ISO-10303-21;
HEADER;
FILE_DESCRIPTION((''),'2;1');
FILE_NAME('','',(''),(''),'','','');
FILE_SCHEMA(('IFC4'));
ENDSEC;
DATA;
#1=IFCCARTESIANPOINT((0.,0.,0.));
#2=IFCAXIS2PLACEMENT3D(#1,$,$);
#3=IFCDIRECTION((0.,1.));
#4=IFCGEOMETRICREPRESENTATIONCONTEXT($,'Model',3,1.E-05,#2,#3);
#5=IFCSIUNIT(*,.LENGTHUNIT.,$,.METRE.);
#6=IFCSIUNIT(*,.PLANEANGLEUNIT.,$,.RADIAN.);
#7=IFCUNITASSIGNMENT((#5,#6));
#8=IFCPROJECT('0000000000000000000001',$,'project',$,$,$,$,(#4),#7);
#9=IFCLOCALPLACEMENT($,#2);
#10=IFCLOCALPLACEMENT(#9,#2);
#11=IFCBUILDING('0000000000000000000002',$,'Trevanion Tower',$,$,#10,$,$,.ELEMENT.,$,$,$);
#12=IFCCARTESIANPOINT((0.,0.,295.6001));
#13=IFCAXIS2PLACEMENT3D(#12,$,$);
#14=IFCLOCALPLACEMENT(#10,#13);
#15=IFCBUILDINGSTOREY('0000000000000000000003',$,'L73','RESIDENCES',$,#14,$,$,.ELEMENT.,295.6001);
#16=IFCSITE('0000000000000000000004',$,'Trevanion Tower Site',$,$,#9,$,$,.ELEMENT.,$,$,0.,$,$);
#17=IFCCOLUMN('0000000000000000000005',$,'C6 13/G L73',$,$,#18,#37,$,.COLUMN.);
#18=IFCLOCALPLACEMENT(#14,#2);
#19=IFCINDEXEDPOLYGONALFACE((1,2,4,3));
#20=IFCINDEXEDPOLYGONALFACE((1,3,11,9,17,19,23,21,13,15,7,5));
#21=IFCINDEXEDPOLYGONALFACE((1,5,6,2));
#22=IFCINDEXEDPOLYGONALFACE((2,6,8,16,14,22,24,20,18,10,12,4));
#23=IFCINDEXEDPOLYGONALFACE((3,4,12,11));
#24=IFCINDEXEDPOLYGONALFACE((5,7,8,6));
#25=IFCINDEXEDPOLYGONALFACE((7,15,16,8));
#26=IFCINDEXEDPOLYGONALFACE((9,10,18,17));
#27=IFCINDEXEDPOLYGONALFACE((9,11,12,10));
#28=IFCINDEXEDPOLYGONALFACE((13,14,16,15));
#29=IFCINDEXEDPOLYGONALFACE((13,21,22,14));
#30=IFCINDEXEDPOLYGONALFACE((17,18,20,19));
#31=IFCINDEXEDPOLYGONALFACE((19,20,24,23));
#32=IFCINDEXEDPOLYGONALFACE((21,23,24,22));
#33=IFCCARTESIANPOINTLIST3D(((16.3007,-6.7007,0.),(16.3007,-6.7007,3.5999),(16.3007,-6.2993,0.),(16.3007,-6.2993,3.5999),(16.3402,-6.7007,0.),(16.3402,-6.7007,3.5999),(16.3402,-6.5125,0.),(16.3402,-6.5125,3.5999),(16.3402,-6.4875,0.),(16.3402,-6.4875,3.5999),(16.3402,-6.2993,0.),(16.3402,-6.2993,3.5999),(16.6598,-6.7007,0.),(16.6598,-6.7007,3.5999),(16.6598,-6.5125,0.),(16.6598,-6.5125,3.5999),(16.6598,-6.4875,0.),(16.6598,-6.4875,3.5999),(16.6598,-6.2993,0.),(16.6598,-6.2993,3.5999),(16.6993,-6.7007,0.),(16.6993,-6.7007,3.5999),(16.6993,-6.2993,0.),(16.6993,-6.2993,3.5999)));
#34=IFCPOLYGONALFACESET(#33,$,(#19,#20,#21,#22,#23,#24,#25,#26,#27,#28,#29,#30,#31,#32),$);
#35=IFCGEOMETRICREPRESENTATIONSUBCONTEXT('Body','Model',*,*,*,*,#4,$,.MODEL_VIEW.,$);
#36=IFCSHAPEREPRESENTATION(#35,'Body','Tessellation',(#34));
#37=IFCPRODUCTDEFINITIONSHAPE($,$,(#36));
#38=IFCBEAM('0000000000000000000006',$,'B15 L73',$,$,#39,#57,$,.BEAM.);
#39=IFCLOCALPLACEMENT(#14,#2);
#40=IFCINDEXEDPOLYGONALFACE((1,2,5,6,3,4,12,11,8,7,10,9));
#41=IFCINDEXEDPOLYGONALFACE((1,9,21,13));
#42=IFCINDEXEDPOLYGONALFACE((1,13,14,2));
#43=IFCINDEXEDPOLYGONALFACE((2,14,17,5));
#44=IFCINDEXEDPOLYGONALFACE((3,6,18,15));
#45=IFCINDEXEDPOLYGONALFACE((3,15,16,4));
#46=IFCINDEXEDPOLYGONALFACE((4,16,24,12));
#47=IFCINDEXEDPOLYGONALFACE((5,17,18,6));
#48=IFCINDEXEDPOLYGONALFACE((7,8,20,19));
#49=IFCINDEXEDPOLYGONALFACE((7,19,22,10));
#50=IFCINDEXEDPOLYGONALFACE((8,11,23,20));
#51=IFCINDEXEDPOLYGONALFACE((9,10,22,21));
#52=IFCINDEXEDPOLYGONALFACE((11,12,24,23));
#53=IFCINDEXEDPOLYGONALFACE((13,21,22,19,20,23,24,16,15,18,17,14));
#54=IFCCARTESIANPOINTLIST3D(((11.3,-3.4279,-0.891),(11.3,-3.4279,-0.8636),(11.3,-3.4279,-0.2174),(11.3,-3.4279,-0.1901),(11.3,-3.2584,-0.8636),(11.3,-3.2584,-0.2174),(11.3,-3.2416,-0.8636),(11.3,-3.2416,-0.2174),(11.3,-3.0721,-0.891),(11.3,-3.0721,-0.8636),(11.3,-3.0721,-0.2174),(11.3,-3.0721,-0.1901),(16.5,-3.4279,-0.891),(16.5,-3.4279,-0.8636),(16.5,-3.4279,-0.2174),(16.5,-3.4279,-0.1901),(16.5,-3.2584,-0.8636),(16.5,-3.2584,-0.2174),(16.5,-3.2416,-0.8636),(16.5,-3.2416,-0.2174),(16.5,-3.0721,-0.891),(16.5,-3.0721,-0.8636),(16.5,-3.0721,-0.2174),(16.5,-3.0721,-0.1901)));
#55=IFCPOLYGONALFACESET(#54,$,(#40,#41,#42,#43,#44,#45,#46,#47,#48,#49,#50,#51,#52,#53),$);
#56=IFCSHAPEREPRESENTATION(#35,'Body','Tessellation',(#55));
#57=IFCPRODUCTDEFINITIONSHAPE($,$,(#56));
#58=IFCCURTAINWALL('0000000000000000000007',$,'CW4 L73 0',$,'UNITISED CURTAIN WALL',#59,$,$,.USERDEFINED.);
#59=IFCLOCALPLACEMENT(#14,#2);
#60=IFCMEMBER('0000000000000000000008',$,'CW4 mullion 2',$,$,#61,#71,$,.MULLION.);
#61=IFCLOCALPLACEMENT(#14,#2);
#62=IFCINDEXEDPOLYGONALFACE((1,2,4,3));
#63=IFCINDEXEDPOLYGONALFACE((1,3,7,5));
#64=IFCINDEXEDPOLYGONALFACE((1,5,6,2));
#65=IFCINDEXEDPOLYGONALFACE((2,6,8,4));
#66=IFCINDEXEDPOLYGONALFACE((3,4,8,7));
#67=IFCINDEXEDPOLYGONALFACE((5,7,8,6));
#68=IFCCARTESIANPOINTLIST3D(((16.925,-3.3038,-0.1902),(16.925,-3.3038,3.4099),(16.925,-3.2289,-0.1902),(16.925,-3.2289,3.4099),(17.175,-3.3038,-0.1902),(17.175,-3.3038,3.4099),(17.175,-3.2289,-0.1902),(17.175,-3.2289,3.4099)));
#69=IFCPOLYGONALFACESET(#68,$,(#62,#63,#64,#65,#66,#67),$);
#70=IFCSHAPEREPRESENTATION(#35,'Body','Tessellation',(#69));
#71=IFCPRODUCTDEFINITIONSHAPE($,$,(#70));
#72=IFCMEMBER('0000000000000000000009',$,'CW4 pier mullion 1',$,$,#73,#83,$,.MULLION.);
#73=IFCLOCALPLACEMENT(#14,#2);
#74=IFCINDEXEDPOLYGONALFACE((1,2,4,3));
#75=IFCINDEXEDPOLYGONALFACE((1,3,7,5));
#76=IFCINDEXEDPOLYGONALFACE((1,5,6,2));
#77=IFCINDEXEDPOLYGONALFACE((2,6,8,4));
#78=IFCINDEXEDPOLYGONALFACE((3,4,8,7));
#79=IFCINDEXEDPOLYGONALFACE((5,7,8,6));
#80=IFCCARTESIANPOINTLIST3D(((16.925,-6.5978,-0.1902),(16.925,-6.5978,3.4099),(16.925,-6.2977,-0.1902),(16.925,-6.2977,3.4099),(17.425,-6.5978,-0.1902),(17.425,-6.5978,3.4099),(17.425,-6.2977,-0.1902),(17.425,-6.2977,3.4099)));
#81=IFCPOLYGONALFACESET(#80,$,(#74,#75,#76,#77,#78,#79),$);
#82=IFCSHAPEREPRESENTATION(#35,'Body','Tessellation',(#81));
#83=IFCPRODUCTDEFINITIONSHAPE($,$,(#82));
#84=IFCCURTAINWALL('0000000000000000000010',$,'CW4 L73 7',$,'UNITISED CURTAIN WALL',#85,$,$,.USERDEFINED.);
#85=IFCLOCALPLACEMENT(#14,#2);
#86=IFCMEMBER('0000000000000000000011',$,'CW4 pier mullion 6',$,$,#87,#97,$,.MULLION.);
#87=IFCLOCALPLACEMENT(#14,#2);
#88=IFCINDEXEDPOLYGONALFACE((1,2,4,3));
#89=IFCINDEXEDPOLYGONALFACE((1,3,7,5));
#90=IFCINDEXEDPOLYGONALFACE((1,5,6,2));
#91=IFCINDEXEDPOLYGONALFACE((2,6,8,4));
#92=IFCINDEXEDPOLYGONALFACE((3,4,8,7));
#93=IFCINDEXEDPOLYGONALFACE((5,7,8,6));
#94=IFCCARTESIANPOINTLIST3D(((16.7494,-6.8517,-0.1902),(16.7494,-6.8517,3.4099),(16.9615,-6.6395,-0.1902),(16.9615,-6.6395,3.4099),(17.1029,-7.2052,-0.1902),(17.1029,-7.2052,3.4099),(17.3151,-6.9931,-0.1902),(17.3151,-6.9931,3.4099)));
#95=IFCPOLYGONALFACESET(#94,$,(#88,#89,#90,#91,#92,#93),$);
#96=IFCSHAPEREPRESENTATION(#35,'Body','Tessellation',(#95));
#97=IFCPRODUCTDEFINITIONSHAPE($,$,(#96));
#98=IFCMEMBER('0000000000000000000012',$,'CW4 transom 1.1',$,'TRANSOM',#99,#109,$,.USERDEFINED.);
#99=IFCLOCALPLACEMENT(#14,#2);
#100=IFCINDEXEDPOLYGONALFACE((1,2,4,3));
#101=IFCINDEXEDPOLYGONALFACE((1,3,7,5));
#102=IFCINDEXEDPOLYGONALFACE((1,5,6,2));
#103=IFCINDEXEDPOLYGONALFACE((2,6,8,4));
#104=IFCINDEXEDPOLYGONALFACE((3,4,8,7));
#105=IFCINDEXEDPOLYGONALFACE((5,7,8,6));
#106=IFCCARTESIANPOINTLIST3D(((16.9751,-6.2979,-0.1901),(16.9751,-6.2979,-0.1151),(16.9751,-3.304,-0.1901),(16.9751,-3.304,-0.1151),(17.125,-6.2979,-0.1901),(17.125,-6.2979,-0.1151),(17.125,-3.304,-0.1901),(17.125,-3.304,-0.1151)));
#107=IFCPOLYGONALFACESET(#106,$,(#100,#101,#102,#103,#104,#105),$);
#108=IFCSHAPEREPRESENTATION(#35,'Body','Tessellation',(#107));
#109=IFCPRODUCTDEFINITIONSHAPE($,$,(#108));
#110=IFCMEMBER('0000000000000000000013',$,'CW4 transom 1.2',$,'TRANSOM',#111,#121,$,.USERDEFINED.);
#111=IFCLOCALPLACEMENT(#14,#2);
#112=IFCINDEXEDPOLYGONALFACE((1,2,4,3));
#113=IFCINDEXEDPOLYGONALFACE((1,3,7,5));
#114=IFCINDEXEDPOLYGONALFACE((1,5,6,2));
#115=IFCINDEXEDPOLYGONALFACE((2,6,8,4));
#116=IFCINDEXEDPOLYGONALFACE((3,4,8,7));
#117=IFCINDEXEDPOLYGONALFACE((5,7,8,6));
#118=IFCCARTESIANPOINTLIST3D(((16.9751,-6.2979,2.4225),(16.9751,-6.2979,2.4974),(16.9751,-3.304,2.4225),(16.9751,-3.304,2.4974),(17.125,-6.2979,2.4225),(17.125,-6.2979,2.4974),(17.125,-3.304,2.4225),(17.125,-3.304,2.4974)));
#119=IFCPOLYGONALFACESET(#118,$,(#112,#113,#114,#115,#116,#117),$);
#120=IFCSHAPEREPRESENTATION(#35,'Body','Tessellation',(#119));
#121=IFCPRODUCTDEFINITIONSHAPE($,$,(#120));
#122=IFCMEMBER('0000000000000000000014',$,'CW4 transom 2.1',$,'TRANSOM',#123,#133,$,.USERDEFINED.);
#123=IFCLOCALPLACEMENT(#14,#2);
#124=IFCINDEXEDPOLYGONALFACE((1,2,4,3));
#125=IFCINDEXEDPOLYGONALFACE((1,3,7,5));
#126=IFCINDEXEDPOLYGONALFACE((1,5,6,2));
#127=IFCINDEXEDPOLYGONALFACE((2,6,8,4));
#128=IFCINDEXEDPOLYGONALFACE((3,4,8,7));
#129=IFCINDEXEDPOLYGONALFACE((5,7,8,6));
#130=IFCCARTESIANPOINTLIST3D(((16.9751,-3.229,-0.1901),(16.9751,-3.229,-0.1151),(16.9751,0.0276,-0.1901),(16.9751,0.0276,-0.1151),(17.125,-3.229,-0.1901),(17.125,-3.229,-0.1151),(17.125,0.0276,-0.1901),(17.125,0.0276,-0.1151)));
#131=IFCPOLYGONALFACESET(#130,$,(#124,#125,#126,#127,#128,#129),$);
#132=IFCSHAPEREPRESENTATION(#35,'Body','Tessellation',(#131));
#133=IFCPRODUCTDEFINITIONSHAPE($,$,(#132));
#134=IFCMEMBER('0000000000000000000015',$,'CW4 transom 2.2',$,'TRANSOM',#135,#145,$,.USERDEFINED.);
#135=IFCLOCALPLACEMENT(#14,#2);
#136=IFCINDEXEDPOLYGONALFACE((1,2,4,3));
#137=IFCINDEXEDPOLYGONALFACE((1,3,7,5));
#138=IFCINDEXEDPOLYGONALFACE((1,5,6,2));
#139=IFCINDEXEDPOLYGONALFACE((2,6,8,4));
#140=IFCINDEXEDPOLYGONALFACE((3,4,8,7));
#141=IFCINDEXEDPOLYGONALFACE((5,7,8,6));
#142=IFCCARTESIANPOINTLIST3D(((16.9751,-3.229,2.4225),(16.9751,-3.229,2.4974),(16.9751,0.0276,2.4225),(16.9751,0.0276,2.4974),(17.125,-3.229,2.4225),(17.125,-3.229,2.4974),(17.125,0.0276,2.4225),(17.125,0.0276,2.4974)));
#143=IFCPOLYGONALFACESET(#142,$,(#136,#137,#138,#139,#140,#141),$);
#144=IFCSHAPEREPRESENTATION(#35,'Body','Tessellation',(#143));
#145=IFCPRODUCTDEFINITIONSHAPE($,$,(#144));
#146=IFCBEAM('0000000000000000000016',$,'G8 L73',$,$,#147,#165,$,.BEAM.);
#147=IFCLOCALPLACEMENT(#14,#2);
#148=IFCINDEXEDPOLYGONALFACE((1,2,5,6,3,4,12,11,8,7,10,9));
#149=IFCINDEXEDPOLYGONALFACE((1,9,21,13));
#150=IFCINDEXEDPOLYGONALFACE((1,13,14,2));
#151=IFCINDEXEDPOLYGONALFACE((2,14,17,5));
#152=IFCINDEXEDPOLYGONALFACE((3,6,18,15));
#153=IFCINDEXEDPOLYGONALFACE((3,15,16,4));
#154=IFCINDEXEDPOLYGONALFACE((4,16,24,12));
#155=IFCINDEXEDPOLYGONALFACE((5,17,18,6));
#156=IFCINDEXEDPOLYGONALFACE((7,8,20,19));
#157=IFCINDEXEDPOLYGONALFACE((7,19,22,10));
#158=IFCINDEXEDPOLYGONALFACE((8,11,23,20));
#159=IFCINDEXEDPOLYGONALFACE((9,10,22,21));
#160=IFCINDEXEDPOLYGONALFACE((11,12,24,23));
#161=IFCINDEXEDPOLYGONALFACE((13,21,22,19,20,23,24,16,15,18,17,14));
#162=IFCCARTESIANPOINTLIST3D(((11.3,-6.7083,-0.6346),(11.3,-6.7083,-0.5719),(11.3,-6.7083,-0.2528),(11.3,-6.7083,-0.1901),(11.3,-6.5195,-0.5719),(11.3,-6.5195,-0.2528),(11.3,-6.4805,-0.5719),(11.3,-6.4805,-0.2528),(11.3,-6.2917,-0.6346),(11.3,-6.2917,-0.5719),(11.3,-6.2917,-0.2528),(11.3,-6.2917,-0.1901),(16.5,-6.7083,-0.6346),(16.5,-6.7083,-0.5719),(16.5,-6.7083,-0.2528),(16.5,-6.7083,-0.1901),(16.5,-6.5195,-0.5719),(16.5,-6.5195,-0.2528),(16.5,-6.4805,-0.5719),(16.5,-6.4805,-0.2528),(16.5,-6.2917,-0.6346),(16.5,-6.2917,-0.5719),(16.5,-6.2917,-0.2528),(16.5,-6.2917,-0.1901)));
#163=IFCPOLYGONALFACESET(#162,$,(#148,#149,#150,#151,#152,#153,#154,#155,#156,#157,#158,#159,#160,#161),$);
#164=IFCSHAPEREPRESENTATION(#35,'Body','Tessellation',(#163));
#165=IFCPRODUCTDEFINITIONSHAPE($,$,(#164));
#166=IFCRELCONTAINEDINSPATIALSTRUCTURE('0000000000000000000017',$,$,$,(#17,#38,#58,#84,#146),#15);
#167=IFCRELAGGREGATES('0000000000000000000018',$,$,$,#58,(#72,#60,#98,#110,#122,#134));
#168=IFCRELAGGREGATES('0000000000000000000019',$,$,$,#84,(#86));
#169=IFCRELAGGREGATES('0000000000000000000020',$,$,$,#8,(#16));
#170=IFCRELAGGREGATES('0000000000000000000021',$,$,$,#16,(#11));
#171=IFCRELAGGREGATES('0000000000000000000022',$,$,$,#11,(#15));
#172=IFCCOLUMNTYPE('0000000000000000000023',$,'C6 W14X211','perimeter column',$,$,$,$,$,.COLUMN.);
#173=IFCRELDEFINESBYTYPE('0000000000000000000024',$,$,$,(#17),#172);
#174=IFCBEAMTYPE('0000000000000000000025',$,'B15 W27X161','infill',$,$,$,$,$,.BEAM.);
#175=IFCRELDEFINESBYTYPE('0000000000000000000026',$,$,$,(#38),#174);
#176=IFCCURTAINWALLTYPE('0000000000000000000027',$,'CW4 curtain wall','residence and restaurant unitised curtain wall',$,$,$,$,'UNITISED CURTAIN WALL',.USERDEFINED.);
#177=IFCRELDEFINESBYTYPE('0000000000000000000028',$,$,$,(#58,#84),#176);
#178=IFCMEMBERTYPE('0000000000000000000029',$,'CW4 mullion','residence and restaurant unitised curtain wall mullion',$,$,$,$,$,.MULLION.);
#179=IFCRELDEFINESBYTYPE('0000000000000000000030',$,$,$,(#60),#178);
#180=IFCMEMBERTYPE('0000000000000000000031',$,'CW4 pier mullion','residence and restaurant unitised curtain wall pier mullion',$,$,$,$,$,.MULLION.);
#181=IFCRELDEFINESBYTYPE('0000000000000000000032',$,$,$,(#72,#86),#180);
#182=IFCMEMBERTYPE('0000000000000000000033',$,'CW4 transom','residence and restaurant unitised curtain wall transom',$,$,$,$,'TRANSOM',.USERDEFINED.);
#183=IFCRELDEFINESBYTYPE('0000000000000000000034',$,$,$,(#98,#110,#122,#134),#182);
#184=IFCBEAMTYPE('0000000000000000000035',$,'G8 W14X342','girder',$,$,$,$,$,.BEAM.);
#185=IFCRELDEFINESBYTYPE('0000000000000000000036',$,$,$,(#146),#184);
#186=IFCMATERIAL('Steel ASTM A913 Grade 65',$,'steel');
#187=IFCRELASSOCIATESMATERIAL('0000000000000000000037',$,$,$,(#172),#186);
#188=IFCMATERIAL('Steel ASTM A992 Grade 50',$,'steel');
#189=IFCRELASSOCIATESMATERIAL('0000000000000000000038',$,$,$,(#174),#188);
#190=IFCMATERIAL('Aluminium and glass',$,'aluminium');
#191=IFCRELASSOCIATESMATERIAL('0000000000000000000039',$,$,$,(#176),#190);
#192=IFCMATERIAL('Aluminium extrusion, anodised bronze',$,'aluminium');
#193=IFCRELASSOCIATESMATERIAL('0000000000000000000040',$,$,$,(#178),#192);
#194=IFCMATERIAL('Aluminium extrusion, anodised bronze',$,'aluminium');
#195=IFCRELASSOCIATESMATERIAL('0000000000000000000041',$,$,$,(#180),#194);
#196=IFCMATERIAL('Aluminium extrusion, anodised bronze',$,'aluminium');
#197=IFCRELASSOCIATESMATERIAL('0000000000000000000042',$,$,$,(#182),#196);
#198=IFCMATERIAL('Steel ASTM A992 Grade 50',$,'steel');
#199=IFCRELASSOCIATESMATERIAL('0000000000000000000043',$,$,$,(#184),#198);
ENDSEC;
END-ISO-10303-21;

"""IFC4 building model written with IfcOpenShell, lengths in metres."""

from ifc_helpers import new_model, si_unit, direction, frame, origin, origin_2d, place, context, subcontext, project, spatial, rectangle, i_section, extrude, material, material_profile, profile_set, type_object, element, aggregate, save


model = new_model("IFC4")

# Units and contexts
model_context = context("Model", 3, precision=1e-05, world=origin(), true_north=direction((0.0, 1.0)))
body_context = subcontext(model_context, "Body", "Model", "MODEL_VIEW")
ifc_project = project(units=[si_unit("LENGTHUNIT", "METRE"), si_unit("PLANEANGLEUNIT", "RADIAN")], contexts=[model_context])

# Site, building, storey
site_placement = place(None, origin())
site = spatial("IfcSite", under=ifc_project, at=site_placement, Name="Trevanion Tower Site", CompositionType="ELEMENT", RefElevation=0.0)
building_placement = place(site_placement, origin())
building = spatial("IfcBuilding", under=site, at=building_placement, Name="Trevanion Tower", CompositionType="ELEMENT")
storey_placement = place(building_placement, frame((0.0, 0.0, 295.6001)))
storey = spatial("IfcBuildingStorey", under=building, at=storey_placement, Name="L73", Description="RESIDENCES", CompositionType="ELEMENT", Elevation=295.6001)

# Column
ifc_material_1 = material(Name="Steel ASTM A913 Grade 65", Category="steel")
ifc_material_profile_1 = material_profile(ifc_material_1, i_section(OverallWidth=0.4014, OverallDepth=0.3987, WebThickness=0.0249, FlangeThickness=0.0396, at=origin_2d()), Name="W14X211")
ifc_profile_set_1 = profile_set([ifc_material_profile_1], Name="Steel ASTM A913 Grade 65")
column_type = type_object("IfcColumnType", Name="C6 W14X211", Description="perimeter column", PredefinedType="COLUMN", material=ifc_profile_set_1)
column_placement = place(storey_placement, frame((16.5, -6.5, 0.0), z_axis=(0.0, 0.0, 1.0), x_axis=(0.0, 1.0, 0.0)))
element("IfcColumn", 1, at=column_placement, inside=storey, type_object=column_type, Name="C6 13/G L73", PredefinedType="COLUMN", context=body_context, shape_type="SweptSolid", body=[
    extrude(i_section(OverallWidth=0.4014, OverallDepth=0.3987, WebThickness=0.0249, FlangeThickness=0.0396, at=origin_2d()), origin(), (0.0, 0.0, 1.0), 3.5999),
])

# Beam
ifc_material_2 = material(Name="Steel ASTM A992 Grade 50", Category="steel")
ifc_material_profile_2 = material_profile(ifc_material_2, i_section(OverallWidth=0.3557, OverallDepth=0.7009, WebThickness=0.0168, FlangeThickness=0.0273, at=origin_2d()), Name="W27X161")
ifc_profile_set_2 = profile_set([ifc_material_profile_2], Name="Steel ASTM A992 Grade 50")
beam_type_1 = type_object("IfcBeamType", Name="B15 W27X161", Description="infill", PredefinedType="BEAM", material=ifc_profile_set_2)
beam_1_placement = place(storey_placement, frame((11.3, -3.25, -0.5405), z_axis=(1.0, 0.0, 0.0), x_axis=(0.0, 1.0, 0.0)))
element("IfcBeam", 2, at=beam_1_placement, inside=storey, type_object=beam_type_1, Name="B15 L73", PredefinedType="BEAM", context=body_context, shape_type="SweptSolid", body=[
    extrude(i_section(OverallWidth=0.3557, OverallDepth=0.7009, WebThickness=0.0168, FlangeThickness=0.0273, at=origin_2d()), origin(), (0.0, 0.0, 1.0), 5.2),
])

# Curtain wall, members
ifc_material_3 = material(Name="Aluminium and glass", Category="aluminium")
curtain_wall_type = type_object("IfcCurtainWallType", Name="CW4 curtain wall", Description="residence and restaurant unitised curtain wall", ElementType="UNITISED CURTAIN WALL", PredefinedType="USERDEFINED", material=ifc_material_3)
curtain_wall_1_placement = place(storey_placement, origin())
curtain_wall_1 = element("IfcCurtainWall", 3, at=curtain_wall_1_placement, inside=storey, type_object=curtain_wall_type, Name="CW4 L73 0", ObjectType="UNITISED CURTAIN WALL", PredefinedType="USERDEFINED")
ifc_material_4 = material(Name="Aluminium extrusion, anodised bronze", Category="aluminium")
ifc_material_profile_3 = material_profile(ifc_material_4, rectangle(XDim=0.075, YDim=0.25, at=origin_2d()), Name="CW4 mullion")
ifc_profile_set_3 = profile_set([ifc_material_profile_3], Name="Aluminium extrusion, anodised bronze")
member_type_1 = type_object("IfcMemberType", Name="CW4 mullion", Description="residence and restaurant unitised curtain wall mullion", PredefinedType="MULLION", material=ifc_profile_set_3)
member_1_placement = place(storey_placement, frame((17.05, -3.2664, -0.1902), z_axis=(0.0, 0.0, 1.0), x_axis=(0.0, 1.0, 0.0)))
member_1 = element("IfcMember", 4, at=member_1_placement, type_object=member_type_1, Name="CW4 mullion 2", PredefinedType="MULLION", context=body_context, shape_type="SweptSolid", body=[
    extrude(rectangle(XDim=0.075, YDim=0.25, at=origin_2d()), origin(), (0.0, 0.0, 1.0), 3.6001),
])
ifc_material_5 = material(Name="Aluminium extrusion, anodised bronze", Category="aluminium")
ifc_material_profile_4 = material_profile(ifc_material_5, rectangle(XDim=0.3, YDim=0.5, at=origin_2d()), Name="CW4 pier mullion")
ifc_profile_set_4 = profile_set([ifc_material_profile_4], Name="Aluminium extrusion, anodised bronze")
member_type_2 = type_object("IfcMemberType", Name="CW4 pier mullion", Description="residence and restaurant unitised curtain wall pier mullion", PredefinedType="MULLION", material=ifc_profile_set_4)
member_2_placement = place(storey_placement, frame((17.175, -6.4478, -0.1902), z_axis=(0.0, 0.0, 1.0), x_axis=(0.0, 1.0, 0.0)))
member_2 = element("IfcMember", 5, at=member_2_placement, type_object=member_type_2, Name="CW4 pier mullion 1", PredefinedType="MULLION", context=body_context, shape_type="SweptSolid", body=[
    extrude(rectangle(XDim=0.3, YDim=0.5, at=origin_2d()), origin(), (0.0, 0.0, 1.0), 3.6001),
])

# Curtain wall, member
curtain_wall_2_placement = place(storey_placement, origin())
curtain_wall_2 = element("IfcCurtainWall", 6, at=curtain_wall_2_placement, inside=storey, type_object=curtain_wall_type, Name="CW4 L73 7", ObjectType="UNITISED CURTAIN WALL", PredefinedType="USERDEFINED")
member_3_placement = place(storey_placement, frame((17.0322, -6.9224, -0.1902), z_axis=(0.0, 0.0, 1.0), x_axis=(0.707107, 0.707107, 0.0)))
member_3 = element("IfcMember", 7, at=member_3_placement, type_object=member_type_2, Name="CW4 pier mullion 6", PredefinedType="MULLION", context=body_context, shape_type="SweptSolid", body=[
    extrude(rectangle(XDim=0.3, YDim=0.5, at=origin_2d()), origin(), (0.0, 0.0, 1.0), 3.6001),
])

# Members
ifc_material_6 = material(Name="Aluminium extrusion, anodised bronze", Category="aluminium")
ifc_material_profile_5 = material_profile(ifc_material_6, rectangle(XDim=0.1499, YDim=0.075, at=origin_2d()), Name="CW4 transom")
ifc_profile_set_5 = profile_set([ifc_material_profile_5], Name="Aluminium extrusion, anodised bronze")
member_type_3 = type_object("IfcMemberType", Name="CW4 transom", Description="residence and restaurant unitised curtain wall transom", ElementType="TRANSOM", PredefinedType="USERDEFINED", material=ifc_profile_set_5)
member_4_placement = place(storey_placement, frame((17.05, -6.2979, -0.1526), z_axis=(0.0, 1.0, 0.0), x_axis=(-1.0, 0.0, 0.0)))
member_4 = element("IfcMember", 8, at=member_4_placement, type_object=member_type_3, Name="CW4 transom 1.1", ObjectType="TRANSOM", PredefinedType="USERDEFINED", context=body_context, shape_type="SweptSolid", body=[
    extrude(rectangle(XDim=0.1499, YDim=0.075, at=origin_2d()), origin(), (0.0, 0.0, 1.0), 2.9939),
])
member_5_placement = place(storey_placement, frame((17.05, -6.2979, 2.46), z_axis=(0.0, 1.0, 0.0), x_axis=(-1.0, 0.0, 0.0)))
member_5 = element("IfcMember", 9, at=member_5_placement, type_object=member_type_3, Name="CW4 transom 1.2", ObjectType="TRANSOM", PredefinedType="USERDEFINED", context=body_context, shape_type="SweptSolid", body=[
    extrude(rectangle(XDim=0.1499, YDim=0.075, at=origin_2d()), origin(), (0.0, 0.0, 1.0), 2.9939),
])
member_6_placement = place(storey_placement, frame((17.05, -3.229, -0.1526), z_axis=(0.0, 1.0, 0.0), x_axis=(-1.0, 0.0, 0.0)))
member_6 = element("IfcMember", 10, at=member_6_placement, type_object=member_type_3, Name="CW4 transom 2.1", ObjectType="TRANSOM", PredefinedType="USERDEFINED", context=body_context, shape_type="SweptSolid", body=[
    extrude(rectangle(XDim=0.1499, YDim=0.075, at=origin_2d()), origin(), (0.0, 0.0, 1.0), 3.2566),
])
member_7_placement = place(storey_placement, frame((17.05, -3.229, 2.46), z_axis=(0.0, 1.0, 0.0), x_axis=(-1.0, 0.0, 0.0)))
member_7 = element("IfcMember", 11, at=member_7_placement, type_object=member_type_3, Name="CW4 transom 2.2", ObjectType="TRANSOM", PredefinedType="USERDEFINED", context=body_context, shape_type="SweptSolid", body=[
    extrude(rectangle(XDim=0.1499, YDim=0.075, at=origin_2d()), origin(), (0.0, 0.0, 1.0), 3.2566),
])

# Beam
ifc_material_7 = material(Name="Steel ASTM A992 Grade 50", Category="steel")
ifc_material_profile_6 = material_profile(ifc_material_7, i_section(OverallWidth=0.4165, OverallDepth=0.4446, WebThickness=0.0391, FlangeThickness=0.0627, at=origin_2d()), Name="W14X342")
ifc_profile_set_6 = profile_set([ifc_material_profile_6], Name="Steel ASTM A992 Grade 50")
beam_type_2 = type_object("IfcBeamType", Name="G8 W14X342", Description="girder", PredefinedType="BEAM", material=ifc_profile_set_6)
beam_2_placement = place(storey_placement, frame((11.3, -6.5, -0.4124), z_axis=(1.0, 0.0, 0.0), x_axis=(0.0, 1.0, 0.0)))
element("IfcBeam", 12, at=beam_2_placement, inside=storey, type_object=beam_type_2, Name="G8 L73", PredefinedType="BEAM", context=body_context, shape_type="SweptSolid", body=[
    extrude(i_section(OverallWidth=0.4165, OverallDepth=0.4446, WebThickness=0.0391, FlangeThickness=0.0627, at=origin_2d()), origin(), (0.0, 0.0, 1.0), 5.2),
])

aggregate(curtain_wall_1, [member_2, member_1, member_4, member_5, member_6, member_7])
aggregate(curtain_wall_2, [member_3])

save(model, "model.ifc")
